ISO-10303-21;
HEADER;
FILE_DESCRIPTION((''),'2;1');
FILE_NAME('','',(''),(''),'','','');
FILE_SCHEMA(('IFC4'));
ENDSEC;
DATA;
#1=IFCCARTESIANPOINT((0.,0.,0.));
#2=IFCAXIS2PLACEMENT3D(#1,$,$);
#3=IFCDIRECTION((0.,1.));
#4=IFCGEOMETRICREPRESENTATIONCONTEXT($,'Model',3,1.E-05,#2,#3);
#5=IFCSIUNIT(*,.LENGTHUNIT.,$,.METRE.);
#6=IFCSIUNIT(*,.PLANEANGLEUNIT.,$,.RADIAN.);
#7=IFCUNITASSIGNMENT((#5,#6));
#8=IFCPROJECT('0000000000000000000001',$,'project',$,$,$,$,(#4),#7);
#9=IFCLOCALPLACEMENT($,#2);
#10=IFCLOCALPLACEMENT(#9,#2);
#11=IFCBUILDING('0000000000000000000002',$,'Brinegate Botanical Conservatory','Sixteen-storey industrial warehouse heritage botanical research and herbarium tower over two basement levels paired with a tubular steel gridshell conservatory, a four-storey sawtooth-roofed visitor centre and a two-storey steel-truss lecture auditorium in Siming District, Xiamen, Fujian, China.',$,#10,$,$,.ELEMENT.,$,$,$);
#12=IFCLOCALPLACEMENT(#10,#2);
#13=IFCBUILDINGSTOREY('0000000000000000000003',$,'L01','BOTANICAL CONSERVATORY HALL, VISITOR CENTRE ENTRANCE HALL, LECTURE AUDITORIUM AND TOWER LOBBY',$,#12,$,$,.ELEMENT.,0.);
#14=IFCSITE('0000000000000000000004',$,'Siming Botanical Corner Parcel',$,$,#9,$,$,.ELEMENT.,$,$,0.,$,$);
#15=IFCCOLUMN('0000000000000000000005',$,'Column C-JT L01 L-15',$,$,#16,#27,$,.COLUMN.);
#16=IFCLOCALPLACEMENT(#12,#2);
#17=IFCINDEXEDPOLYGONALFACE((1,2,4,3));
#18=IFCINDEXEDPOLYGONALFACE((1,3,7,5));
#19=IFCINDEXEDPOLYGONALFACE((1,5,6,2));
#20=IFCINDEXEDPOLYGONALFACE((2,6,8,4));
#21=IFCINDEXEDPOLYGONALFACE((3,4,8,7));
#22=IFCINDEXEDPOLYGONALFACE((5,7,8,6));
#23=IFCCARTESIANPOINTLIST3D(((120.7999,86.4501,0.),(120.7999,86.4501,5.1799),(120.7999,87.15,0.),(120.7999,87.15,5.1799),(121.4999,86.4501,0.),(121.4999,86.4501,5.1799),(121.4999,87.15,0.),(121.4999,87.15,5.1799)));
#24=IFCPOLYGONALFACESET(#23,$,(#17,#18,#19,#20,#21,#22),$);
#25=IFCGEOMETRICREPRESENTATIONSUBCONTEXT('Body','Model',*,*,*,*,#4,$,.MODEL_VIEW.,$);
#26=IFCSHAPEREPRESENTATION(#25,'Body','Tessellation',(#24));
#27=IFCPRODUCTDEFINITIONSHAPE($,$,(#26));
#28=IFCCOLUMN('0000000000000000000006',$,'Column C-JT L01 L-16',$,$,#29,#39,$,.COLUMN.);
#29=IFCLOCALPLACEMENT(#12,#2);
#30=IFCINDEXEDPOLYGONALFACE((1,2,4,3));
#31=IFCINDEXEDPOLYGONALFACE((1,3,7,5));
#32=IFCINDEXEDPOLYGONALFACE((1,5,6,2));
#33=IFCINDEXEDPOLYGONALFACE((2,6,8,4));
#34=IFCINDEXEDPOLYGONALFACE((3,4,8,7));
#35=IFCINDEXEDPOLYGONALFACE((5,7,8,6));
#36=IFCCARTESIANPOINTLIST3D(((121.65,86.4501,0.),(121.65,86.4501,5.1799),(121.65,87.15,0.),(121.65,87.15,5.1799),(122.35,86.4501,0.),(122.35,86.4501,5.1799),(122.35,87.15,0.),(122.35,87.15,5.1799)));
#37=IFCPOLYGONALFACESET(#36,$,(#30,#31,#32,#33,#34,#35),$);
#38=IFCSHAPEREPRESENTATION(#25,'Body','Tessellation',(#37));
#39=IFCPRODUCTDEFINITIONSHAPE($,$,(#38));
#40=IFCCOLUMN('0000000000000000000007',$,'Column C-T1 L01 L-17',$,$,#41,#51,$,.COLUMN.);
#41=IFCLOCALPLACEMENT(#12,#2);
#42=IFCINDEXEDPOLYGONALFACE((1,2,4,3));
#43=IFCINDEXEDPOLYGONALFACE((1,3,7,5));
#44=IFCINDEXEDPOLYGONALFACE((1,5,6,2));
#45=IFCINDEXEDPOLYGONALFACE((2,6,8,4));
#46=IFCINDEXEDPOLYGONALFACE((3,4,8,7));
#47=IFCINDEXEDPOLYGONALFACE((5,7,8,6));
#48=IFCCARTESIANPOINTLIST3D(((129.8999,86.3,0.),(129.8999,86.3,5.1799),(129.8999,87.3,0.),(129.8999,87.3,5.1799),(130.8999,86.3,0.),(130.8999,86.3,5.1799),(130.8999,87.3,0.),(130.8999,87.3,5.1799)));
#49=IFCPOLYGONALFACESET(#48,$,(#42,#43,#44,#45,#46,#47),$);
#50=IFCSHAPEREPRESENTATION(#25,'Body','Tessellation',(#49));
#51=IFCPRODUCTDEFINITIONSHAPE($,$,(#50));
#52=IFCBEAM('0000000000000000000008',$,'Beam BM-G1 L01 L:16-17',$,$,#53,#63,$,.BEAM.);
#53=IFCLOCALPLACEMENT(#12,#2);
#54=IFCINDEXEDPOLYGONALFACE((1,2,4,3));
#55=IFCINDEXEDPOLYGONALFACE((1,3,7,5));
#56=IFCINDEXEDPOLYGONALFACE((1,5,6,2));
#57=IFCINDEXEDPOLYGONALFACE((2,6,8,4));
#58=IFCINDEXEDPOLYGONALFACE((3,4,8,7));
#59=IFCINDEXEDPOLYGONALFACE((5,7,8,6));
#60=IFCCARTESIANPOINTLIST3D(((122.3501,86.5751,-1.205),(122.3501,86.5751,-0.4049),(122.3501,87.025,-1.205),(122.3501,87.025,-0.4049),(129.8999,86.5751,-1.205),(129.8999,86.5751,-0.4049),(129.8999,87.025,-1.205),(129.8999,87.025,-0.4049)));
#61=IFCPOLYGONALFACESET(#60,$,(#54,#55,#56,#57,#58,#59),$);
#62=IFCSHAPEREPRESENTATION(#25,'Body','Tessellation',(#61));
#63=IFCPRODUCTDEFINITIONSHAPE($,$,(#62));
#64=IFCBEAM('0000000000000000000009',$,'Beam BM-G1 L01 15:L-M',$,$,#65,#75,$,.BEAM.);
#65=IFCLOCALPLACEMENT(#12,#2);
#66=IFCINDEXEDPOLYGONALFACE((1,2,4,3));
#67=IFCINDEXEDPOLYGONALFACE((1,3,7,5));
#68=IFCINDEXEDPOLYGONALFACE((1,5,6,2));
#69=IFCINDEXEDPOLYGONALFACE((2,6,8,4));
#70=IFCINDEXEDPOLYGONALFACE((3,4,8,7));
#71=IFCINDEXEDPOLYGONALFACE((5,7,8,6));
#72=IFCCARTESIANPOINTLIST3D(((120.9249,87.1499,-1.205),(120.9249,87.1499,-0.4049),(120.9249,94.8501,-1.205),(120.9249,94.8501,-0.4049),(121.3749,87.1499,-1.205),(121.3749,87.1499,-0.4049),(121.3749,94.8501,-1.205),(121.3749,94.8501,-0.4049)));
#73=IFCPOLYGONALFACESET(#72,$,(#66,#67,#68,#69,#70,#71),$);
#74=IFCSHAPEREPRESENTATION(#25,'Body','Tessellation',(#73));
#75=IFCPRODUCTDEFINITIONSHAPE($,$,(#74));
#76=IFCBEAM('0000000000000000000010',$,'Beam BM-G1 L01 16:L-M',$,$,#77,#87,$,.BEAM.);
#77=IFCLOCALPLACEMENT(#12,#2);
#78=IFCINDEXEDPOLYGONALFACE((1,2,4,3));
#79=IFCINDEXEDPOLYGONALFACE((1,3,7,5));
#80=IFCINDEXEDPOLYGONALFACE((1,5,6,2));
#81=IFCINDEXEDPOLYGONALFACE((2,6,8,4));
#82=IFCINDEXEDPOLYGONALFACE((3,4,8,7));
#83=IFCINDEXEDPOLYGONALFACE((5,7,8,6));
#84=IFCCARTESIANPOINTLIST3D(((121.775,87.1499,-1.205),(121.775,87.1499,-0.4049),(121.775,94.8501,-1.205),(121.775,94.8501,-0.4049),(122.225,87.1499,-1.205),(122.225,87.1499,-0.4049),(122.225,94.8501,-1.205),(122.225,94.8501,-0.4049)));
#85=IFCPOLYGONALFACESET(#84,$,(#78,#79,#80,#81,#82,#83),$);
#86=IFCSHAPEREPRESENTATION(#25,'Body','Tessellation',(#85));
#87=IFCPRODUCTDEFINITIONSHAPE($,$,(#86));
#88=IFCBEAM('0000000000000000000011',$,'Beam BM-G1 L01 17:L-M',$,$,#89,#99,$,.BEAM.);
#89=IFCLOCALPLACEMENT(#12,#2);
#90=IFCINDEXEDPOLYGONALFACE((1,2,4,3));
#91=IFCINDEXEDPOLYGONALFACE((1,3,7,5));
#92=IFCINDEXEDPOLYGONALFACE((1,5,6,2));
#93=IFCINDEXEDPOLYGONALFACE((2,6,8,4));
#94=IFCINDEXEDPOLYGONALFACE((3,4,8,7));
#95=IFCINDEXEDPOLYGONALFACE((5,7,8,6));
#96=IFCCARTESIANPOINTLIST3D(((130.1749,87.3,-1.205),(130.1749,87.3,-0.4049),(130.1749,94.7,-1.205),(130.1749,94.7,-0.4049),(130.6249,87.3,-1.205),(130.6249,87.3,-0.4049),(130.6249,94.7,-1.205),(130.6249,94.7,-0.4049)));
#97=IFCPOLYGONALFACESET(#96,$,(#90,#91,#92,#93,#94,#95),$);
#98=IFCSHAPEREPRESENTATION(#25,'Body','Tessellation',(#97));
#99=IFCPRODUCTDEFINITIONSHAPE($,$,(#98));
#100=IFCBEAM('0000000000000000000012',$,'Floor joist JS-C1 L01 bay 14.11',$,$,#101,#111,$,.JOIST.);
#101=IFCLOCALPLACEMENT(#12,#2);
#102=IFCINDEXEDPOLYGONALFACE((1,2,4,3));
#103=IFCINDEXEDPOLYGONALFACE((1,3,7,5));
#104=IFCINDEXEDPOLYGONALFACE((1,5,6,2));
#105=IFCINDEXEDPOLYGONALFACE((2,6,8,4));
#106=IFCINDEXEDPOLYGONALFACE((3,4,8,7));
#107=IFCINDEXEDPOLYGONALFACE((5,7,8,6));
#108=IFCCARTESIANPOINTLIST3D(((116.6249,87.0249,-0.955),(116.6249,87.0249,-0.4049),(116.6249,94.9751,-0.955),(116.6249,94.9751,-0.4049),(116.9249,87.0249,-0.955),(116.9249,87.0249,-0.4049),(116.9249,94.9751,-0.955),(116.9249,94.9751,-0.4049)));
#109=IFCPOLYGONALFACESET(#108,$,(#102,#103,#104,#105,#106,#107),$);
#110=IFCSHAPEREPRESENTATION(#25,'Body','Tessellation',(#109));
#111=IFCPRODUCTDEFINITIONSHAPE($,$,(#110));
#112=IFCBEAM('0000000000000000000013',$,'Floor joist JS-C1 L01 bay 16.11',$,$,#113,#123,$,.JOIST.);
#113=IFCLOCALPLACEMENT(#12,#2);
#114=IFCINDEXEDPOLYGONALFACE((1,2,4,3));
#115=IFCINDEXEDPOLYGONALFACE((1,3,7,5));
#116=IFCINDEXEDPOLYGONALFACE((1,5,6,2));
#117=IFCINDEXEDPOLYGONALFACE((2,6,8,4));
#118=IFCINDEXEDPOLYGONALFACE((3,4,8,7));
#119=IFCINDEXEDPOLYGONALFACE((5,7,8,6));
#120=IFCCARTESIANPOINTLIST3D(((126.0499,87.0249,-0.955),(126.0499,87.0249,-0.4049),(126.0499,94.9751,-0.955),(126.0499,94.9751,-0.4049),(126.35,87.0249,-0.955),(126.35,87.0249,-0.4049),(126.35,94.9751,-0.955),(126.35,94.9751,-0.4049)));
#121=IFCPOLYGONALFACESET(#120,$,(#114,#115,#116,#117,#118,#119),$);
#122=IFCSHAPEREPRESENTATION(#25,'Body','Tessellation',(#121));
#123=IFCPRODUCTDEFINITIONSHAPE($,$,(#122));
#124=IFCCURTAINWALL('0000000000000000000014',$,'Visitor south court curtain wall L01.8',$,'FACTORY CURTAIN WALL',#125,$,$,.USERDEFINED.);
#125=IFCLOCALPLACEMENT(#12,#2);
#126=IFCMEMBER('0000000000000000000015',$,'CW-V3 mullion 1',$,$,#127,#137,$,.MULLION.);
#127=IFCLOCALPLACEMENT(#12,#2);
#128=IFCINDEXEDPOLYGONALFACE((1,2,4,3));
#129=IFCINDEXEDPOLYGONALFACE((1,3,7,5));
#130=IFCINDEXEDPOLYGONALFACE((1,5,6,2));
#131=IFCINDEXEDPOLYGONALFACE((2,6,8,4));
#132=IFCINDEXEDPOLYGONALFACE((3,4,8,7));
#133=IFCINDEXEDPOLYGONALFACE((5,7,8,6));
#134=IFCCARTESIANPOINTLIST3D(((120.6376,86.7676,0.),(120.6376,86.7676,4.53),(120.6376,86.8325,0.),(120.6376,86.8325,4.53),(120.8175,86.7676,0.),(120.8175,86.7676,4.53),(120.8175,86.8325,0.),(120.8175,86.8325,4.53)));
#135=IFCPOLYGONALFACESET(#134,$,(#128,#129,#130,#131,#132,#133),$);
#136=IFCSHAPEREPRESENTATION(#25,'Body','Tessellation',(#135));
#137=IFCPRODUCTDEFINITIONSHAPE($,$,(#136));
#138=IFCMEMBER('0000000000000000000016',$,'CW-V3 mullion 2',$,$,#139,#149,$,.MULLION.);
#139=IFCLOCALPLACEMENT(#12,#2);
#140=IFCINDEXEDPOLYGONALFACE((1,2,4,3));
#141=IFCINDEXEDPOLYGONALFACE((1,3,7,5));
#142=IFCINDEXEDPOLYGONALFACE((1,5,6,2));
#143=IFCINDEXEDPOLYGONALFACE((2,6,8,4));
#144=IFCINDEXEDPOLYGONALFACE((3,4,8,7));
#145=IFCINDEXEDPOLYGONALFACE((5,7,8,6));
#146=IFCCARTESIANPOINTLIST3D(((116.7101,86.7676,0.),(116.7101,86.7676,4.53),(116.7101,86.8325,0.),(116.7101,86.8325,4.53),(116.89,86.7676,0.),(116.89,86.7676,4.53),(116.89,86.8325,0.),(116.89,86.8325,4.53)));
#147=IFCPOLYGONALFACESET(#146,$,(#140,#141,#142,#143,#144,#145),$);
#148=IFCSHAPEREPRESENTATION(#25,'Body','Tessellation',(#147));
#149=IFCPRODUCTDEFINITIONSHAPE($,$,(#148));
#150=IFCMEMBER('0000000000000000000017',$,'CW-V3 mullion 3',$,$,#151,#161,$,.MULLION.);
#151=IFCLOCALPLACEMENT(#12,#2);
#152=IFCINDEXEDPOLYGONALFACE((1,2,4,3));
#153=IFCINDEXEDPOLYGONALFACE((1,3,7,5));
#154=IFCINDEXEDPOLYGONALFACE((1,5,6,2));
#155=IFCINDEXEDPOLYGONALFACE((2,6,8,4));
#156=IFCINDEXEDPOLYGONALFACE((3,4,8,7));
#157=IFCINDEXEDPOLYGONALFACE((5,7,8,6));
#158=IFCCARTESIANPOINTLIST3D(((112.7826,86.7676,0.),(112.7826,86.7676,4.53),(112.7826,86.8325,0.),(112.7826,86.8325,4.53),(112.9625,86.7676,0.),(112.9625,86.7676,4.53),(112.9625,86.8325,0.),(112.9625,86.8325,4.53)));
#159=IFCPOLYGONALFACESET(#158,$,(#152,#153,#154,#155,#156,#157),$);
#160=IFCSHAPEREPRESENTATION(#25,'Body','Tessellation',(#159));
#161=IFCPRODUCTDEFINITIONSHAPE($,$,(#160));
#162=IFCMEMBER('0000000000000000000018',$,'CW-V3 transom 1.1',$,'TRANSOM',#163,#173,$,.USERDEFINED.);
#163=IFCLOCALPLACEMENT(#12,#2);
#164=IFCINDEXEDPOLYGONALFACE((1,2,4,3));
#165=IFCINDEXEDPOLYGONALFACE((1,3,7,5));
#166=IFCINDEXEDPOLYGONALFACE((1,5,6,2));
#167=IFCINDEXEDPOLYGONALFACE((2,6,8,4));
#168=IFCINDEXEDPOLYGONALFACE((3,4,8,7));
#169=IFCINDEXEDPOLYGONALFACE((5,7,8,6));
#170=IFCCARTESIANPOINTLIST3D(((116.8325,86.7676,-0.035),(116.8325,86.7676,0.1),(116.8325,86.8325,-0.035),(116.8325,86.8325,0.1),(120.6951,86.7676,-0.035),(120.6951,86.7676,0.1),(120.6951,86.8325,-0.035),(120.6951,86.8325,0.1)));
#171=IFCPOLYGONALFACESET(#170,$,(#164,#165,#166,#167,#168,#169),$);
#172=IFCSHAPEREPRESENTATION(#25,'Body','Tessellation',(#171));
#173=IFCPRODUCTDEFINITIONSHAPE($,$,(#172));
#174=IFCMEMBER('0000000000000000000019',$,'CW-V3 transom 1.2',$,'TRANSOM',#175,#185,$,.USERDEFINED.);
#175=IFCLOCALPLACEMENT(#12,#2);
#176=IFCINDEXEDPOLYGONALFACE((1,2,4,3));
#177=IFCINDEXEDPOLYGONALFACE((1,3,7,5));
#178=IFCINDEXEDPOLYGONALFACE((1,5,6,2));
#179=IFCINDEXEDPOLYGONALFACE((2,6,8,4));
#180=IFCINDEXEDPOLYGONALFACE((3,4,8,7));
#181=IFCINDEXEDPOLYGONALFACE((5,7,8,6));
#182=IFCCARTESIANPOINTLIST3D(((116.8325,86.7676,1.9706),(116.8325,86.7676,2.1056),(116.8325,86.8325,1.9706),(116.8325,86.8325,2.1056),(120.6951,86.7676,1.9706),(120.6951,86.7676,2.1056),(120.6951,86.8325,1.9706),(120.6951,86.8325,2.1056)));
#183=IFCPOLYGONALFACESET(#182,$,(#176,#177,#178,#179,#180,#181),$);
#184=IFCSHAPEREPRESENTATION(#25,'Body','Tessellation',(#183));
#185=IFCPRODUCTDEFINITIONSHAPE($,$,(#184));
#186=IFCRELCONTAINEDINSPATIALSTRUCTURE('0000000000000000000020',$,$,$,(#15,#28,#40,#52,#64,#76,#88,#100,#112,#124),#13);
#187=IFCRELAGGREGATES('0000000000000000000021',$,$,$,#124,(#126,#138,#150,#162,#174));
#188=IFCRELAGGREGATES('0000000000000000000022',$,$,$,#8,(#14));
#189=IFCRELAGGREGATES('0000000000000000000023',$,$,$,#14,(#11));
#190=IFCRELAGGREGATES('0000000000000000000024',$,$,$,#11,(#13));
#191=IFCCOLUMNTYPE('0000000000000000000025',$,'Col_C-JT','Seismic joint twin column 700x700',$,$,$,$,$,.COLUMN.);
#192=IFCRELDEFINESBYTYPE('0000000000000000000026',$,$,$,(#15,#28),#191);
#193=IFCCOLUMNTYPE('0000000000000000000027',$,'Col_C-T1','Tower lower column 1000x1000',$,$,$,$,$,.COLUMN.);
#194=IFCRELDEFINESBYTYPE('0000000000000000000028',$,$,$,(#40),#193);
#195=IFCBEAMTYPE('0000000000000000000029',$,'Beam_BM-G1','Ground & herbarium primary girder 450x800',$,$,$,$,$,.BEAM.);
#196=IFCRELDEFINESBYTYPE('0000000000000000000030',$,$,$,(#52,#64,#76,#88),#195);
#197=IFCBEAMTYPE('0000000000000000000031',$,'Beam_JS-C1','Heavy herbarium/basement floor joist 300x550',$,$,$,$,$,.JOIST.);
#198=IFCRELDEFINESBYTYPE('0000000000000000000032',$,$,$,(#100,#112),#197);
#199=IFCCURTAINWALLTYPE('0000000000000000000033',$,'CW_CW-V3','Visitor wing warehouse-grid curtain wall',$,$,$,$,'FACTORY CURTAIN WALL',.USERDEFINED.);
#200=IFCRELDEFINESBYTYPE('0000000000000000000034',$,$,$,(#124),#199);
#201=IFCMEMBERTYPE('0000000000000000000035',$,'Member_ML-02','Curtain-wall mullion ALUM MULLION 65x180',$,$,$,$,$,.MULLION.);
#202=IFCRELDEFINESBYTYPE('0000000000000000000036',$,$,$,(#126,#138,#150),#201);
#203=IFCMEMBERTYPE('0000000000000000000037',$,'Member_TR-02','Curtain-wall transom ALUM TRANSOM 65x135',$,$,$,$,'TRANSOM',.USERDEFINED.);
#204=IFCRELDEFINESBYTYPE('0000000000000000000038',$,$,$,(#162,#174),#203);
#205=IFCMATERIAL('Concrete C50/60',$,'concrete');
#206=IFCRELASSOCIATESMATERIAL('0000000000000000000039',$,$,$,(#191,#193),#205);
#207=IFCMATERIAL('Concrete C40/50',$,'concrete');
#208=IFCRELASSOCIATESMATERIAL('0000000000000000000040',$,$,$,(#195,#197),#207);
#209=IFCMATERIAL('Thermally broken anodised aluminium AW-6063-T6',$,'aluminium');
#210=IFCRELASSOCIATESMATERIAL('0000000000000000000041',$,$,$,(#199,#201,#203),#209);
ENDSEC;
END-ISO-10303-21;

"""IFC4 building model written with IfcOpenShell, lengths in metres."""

from ifc_helpers import new_model, si_unit, direction, frame, origin, origin_2d, place, context, subcontext, project, spatial, rectangle, extrude, material, material_profile, profile_set, type_object, element, aggregate, save


model = new_model("IFC4")

# Units and contexts
model_context = context("Model", 3, precision=1e-05, world=origin(), true_north=direction((0.0, 1.0)))
body_context = subcontext(model_context, "Body", "Model", "MODEL_VIEW")
ifc_project = project(units=[si_unit("LENGTHUNIT", "METRE"), si_unit("PLANEANGLEUNIT", "RADIAN")], contexts=[model_context])

# Site, building, storey
site_placement = place(None, origin())
site = spatial("IfcSite", under=ifc_project, at=site_placement, Name="Siming Botanical Corner Parcel", CompositionType="ELEMENT", RefElevation=0.0)
building_placement = place(site_placement, origin())
building = spatial("IfcBuilding", under=site, at=building_placement, Name="Brinegate Botanical Conservatory", Description="Sixteen-storey industrial warehouse heritage botanical research and herbarium tower over two basement levels paired with a tubular steel gridshell conservatory, a four-storey sawtooth-roofed visitor centre and a two-storey steel-truss lecture auditorium in Siming District, Xiamen, Fujian, China.", CompositionType="ELEMENT")
storey_placement = place(building_placement, origin())
storey = spatial("IfcBuildingStorey", under=building, at=storey_placement, Name="L01", Description="BOTANICAL CONSERVATORY HALL, VISITOR CENTRE ENTRANCE HALL, LECTURE AUDITORIUM AND TOWER LOBBY", CompositionType="ELEMENT", Elevation=0.0)

# Columns
ifc_material_1 = material(Name="Concrete C50/60", Category="concrete")
ifc_material_profile_1 = material_profile(ifc_material_1, rectangle(XDim=0.7, YDim=0.7, at=origin_2d()), Name="RC COL 700x700")
ifc_profile_set_1 = profile_set([ifc_material_profile_1], Name="Concrete C50/60")
column_type_1 = type_object("IfcColumnType", Name="Col_C-JT", Description="Seismic joint twin column 700x700", PredefinedType="COLUMN", material=ifc_profile_set_1)
for number, where, z_axis, x_axis, name in (
    (1, (121.1499, 86.8, 0.0), (0.0, 0.0, 1.0), (1.0, 0.0, 0.0), "Column C-JT L01 L-15"),
    (2, (122.0, 86.8, 0.0), (0.0, 0.0, 1.0), (1.0, 0.0, 0.0), "Column C-JT L01 L-16"),
):
    element("IfcColumn", number, at=place(storey_placement, frame(where, z_axis=z_axis, x_axis=x_axis)), inside=storey, type_object=column_type_1, Name=name, PredefinedType="COLUMN", context=body_context, shape_type="SweptSolid", body=[
        extrude(rectangle(XDim=0.7, YDim=0.7, at=origin_2d()), origin(), (0.0, 0.0, 1.0), 5.1799),
    ])
ifc_material_profile_2 = material_profile(ifc_material_1, rectangle(XDim=1.0, YDim=1.0, at=origin_2d()), Name="RC COL 1000x1000")
ifc_profile_set_2 = profile_set([ifc_material_profile_2], Name="Concrete C50/60")
column_type_2 = type_object("IfcColumnType", Name="Col_C-T1", Description="Tower lower column 1000x1000", PredefinedType="COLUMN", material=ifc_profile_set_2)
column_placement = place(storey_placement, frame((130.3999, 86.8, 0.0), z_axis=(0.0, 0.0, 1.0), x_axis=(1.0, 0.0, 0.0)))
element("IfcColumn", 3, at=column_placement, inside=storey, type_object=column_type_2, Name="Column C-T1 L01 L-17", PredefinedType="COLUMN", context=body_context, shape_type="SweptSolid", body=[
    extrude(rectangle(XDim=1.0, YDim=1.0, at=origin_2d()), origin(), (0.0, 0.0, 1.0), 5.1799),
])

# Beams
ifc_material_2 = material(Name="Concrete C40/50", Category="concrete")
ifc_material_profile_3 = material_profile(ifc_material_2, rectangle(XDim=0.45, YDim=0.8, at=origin_2d()), Name="RC BM 450x800")
ifc_profile_set_3 = profile_set([ifc_material_profile_3], Name="Concrete C40/50")
beam_type_1 = type_object("IfcBeamType", Name="Beam_BM-G1", Description="Ground & herbarium primary girder 450x800", PredefinedType="BEAM", material=ifc_profile_set_3)
beam_1_placement = place(storey_placement, frame((122.3501, 86.8, -0.8049), z_axis=(1.0, 0.0, 0.0), x_axis=(0.0, 1.0, 0.0)))
element("IfcBeam", 4, at=beam_1_placement, inside=storey, type_object=beam_type_1, Name="Beam BM-G1 L01 L:16-17", PredefinedType="BEAM", context=body_context, shape_type="SweptSolid", body=[
    extrude(rectangle(XDim=0.45, YDim=0.8, at=origin_2d()), origin(), (0.0, 0.0, 1.0), 7.5498),
])
for number, where, z_axis, x_axis, name in (
    (5, (121.1499, 87.1499, -0.8049), (0.0, 1.0, 0.0), (-1.0, 0.0, 0.0), "Beam BM-G1 L01 15:L-M"),
    (6, (122.0, 87.1499, -0.8049), (0.0, 1.0, 0.0), (-1.0, 0.0, 0.0), "Beam BM-G1 L01 16:L-M"),
):
    element("IfcBeam", number, at=place(storey_placement, frame(where, z_axis=z_axis, x_axis=x_axis)), inside=storey, type_object=beam_type_1, Name=name, PredefinedType="BEAM", context=body_context, shape_type="SweptSolid", body=[
        extrude(rectangle(XDim=0.45, YDim=0.8, at=origin_2d()), origin(), (0.0, 0.0, 1.0), 7.7002),
    ])
beam_2_placement = place(storey_placement, frame((130.3999, 87.3, -0.8049), z_axis=(0.0, 1.0, 0.0), x_axis=(-1.0, 0.0, 0.0)))
element("IfcBeam", 7, at=beam_2_placement, inside=storey, type_object=beam_type_1, Name="Beam BM-G1 L01 17:L-M", PredefinedType="BEAM", context=body_context, shape_type="SweptSolid", body=[
    extrude(rectangle(XDim=0.45, YDim=0.8, at=origin_2d()), origin(), (0.0, 0.0, 1.0), 7.3999),
])
ifc_material_profile_4 = material_profile(ifc_material_2, rectangle(XDim=0.3, YDim=0.55, at=origin_2d()), Name="RC JST 300x550")
ifc_profile_set_4 = profile_set([ifc_material_profile_4], Name="Concrete C40/50")
beam_type_2 = type_object("IfcBeamType", Name="Beam_JS-C1", Description="Heavy herbarium/basement floor joist 300x550", PredefinedType="JOIST", material=ifc_profile_set_4)
for number, where, z_axis, x_axis, name in (
    (8, (116.7749, 87.0249, -0.6799), (0.0, 1.0, 0.0), (-1.0, 0.0, 0.0), "Floor joist JS-C1 L01 bay 14.11"),
    (9, (126.2, 87.0249, -0.6799), (0.0, 1.0, 0.0), (-1.0, 0.0, 0.0), "Floor joist JS-C1 L01 bay 16.11"),
):
    element("IfcBeam", number, at=place(storey_placement, frame(where, z_axis=z_axis, x_axis=x_axis)), inside=storey, type_object=beam_type_2, Name=name, PredefinedType="JOIST", context=body_context, shape_type="SweptSolid", body=[
        extrude(rectangle(XDim=0.3, YDim=0.55, at=origin_2d()), origin(), (0.0, 0.0, 1.0), 7.9502),
    ])

# Curtain wall, members
ifc_material_3 = material(Name="Thermally broken anodised aluminium AW-6063-T6", Category="aluminium")
curtain_wall_type = type_object("IfcCurtainWallType", Name="CW_CW-V3", Description="Visitor wing warehouse-grid curtain wall", ElementType="FACTORY CURTAIN WALL", PredefinedType="USERDEFINED", material=ifc_material_3)
curtain_wall_placement = place(storey_placement, origin())
curtain_wall = element("IfcCurtainWall", 10, at=curtain_wall_placement, inside=storey, type_object=curtain_wall_type, Name="Visitor south court curtain wall L01.8", ObjectType="FACTORY CURTAIN WALL", PredefinedType="USERDEFINED")
ifc_material_profile_5 = material_profile(ifc_material_3, rectangle(XDim=0.0649, YDim=0.1799, at=origin_2d()), Name="ALUM MULLION 65x180")
ifc_profile_set_5 = profile_set([ifc_material_profile_5], Name="Thermally broken anodised aluminium AW-6063-T6")
member_type_1 = type_object("IfcMemberType", Name="Member_ML-02", Description="Curtain-wall mullion ALUM MULLION 65x180", PredefinedType="MULLION", material=ifc_profile_set_5)
member_1_placement = place(storey_placement, frame((120.7275, 86.8, 0.0), z_axis=(0.0, 0.0, 1.0), x_axis=(0.0, -1.0, 0.0)))
member_1 = element("IfcMember", 11, at=member_1_placement, type_object=member_type_1, Name="CW-V3 mullion 1", PredefinedType="MULLION", context=body_context, shape_type="SweptSolid", body=[
    extrude(rectangle(XDim=0.0649, YDim=0.1799, at=origin_2d()), origin(), (0.0, 0.0, 1.0), 4.53),
])
member_2_placement = place(storey_placement, frame((116.8, 86.8, 0.0), z_axis=(0.0, 0.0, 1.0), x_axis=(0.0, -1.0, 0.0)))
member_2 = element("IfcMember", 12, at=member_2_placement, type_object=member_type_1, Name="CW-V3 mullion 2", PredefinedType="MULLION", context=body_context, shape_type="SweptSolid", body=[
    extrude(rectangle(XDim=0.0649, YDim=0.1799, at=origin_2d()), origin(), (0.0, 0.0, 1.0), 4.53),
])
member_3_placement = place(storey_placement, frame((112.8726, 86.8, 0.0), z_axis=(0.0, 0.0, 1.0), x_axis=(0.0, -1.0, 0.0)))
member_3 = element("IfcMember", 13, at=member_3_placement, type_object=member_type_1, Name="CW-V3 mullion 3", PredefinedType="MULLION", context=body_context, shape_type="SweptSolid", body=[
    extrude(rectangle(XDim=0.0649, YDim=0.1799, at=origin_2d()), origin(), (0.0, 0.0, 1.0), 4.53),
])
ifc_material_profile_6 = material_profile(ifc_material_3, rectangle(XDim=0.0649, YDim=0.135, at=origin_2d()), Name="ALUM TRANSOM 65x135")
ifc_profile_set_6 = profile_set([ifc_material_profile_6], Name="Thermally broken anodised aluminium AW-6063-T6")
member_type_2 = type_object("IfcMemberType", Name="Member_TR-02", Description="Curtain-wall transom ALUM TRANSOM 65x135", ElementType="TRANSOM", PredefinedType="USERDEFINED", material=ifc_profile_set_6)
member_4_placement = place(storey_placement, frame((120.6951, 86.8, 0.0325), z_axis=(-1.0, 0.0, 0.0), x_axis=(0.0, -1.0, 0.0)))
member_4 = element("IfcMember", 14, at=member_4_placement, type_object=member_type_2, Name="CW-V3 transom 1.1", ObjectType="TRANSOM", PredefinedType="USERDEFINED", context=body_context, shape_type="SweptSolid", body=[
    extrude(rectangle(XDim=0.0649, YDim=0.135, at=origin_2d()), origin(), (0.0, 0.0, 1.0), 3.8625),
])
member_5_placement = place(storey_placement, frame((120.6951, 86.8, 2.0381), z_axis=(-1.0, 0.0, 0.0), x_axis=(0.0, -1.0, 0.0)))
member_5 = element("IfcMember", 15, at=member_5_placement, type_object=member_type_2, Name="CW-V3 transom 1.2", ObjectType="TRANSOM", PredefinedType="USERDEFINED", context=body_context, shape_type="SweptSolid", body=[
    extrude(rectangle(XDim=0.0649, YDim=0.135, at=origin_2d()), origin(), (0.0, 0.0, 1.0), 3.8625),
])
aggregate(curtain_wall, [member_1, member_2, member_3, member_4, member_5])

save(model, "model.ifc")
